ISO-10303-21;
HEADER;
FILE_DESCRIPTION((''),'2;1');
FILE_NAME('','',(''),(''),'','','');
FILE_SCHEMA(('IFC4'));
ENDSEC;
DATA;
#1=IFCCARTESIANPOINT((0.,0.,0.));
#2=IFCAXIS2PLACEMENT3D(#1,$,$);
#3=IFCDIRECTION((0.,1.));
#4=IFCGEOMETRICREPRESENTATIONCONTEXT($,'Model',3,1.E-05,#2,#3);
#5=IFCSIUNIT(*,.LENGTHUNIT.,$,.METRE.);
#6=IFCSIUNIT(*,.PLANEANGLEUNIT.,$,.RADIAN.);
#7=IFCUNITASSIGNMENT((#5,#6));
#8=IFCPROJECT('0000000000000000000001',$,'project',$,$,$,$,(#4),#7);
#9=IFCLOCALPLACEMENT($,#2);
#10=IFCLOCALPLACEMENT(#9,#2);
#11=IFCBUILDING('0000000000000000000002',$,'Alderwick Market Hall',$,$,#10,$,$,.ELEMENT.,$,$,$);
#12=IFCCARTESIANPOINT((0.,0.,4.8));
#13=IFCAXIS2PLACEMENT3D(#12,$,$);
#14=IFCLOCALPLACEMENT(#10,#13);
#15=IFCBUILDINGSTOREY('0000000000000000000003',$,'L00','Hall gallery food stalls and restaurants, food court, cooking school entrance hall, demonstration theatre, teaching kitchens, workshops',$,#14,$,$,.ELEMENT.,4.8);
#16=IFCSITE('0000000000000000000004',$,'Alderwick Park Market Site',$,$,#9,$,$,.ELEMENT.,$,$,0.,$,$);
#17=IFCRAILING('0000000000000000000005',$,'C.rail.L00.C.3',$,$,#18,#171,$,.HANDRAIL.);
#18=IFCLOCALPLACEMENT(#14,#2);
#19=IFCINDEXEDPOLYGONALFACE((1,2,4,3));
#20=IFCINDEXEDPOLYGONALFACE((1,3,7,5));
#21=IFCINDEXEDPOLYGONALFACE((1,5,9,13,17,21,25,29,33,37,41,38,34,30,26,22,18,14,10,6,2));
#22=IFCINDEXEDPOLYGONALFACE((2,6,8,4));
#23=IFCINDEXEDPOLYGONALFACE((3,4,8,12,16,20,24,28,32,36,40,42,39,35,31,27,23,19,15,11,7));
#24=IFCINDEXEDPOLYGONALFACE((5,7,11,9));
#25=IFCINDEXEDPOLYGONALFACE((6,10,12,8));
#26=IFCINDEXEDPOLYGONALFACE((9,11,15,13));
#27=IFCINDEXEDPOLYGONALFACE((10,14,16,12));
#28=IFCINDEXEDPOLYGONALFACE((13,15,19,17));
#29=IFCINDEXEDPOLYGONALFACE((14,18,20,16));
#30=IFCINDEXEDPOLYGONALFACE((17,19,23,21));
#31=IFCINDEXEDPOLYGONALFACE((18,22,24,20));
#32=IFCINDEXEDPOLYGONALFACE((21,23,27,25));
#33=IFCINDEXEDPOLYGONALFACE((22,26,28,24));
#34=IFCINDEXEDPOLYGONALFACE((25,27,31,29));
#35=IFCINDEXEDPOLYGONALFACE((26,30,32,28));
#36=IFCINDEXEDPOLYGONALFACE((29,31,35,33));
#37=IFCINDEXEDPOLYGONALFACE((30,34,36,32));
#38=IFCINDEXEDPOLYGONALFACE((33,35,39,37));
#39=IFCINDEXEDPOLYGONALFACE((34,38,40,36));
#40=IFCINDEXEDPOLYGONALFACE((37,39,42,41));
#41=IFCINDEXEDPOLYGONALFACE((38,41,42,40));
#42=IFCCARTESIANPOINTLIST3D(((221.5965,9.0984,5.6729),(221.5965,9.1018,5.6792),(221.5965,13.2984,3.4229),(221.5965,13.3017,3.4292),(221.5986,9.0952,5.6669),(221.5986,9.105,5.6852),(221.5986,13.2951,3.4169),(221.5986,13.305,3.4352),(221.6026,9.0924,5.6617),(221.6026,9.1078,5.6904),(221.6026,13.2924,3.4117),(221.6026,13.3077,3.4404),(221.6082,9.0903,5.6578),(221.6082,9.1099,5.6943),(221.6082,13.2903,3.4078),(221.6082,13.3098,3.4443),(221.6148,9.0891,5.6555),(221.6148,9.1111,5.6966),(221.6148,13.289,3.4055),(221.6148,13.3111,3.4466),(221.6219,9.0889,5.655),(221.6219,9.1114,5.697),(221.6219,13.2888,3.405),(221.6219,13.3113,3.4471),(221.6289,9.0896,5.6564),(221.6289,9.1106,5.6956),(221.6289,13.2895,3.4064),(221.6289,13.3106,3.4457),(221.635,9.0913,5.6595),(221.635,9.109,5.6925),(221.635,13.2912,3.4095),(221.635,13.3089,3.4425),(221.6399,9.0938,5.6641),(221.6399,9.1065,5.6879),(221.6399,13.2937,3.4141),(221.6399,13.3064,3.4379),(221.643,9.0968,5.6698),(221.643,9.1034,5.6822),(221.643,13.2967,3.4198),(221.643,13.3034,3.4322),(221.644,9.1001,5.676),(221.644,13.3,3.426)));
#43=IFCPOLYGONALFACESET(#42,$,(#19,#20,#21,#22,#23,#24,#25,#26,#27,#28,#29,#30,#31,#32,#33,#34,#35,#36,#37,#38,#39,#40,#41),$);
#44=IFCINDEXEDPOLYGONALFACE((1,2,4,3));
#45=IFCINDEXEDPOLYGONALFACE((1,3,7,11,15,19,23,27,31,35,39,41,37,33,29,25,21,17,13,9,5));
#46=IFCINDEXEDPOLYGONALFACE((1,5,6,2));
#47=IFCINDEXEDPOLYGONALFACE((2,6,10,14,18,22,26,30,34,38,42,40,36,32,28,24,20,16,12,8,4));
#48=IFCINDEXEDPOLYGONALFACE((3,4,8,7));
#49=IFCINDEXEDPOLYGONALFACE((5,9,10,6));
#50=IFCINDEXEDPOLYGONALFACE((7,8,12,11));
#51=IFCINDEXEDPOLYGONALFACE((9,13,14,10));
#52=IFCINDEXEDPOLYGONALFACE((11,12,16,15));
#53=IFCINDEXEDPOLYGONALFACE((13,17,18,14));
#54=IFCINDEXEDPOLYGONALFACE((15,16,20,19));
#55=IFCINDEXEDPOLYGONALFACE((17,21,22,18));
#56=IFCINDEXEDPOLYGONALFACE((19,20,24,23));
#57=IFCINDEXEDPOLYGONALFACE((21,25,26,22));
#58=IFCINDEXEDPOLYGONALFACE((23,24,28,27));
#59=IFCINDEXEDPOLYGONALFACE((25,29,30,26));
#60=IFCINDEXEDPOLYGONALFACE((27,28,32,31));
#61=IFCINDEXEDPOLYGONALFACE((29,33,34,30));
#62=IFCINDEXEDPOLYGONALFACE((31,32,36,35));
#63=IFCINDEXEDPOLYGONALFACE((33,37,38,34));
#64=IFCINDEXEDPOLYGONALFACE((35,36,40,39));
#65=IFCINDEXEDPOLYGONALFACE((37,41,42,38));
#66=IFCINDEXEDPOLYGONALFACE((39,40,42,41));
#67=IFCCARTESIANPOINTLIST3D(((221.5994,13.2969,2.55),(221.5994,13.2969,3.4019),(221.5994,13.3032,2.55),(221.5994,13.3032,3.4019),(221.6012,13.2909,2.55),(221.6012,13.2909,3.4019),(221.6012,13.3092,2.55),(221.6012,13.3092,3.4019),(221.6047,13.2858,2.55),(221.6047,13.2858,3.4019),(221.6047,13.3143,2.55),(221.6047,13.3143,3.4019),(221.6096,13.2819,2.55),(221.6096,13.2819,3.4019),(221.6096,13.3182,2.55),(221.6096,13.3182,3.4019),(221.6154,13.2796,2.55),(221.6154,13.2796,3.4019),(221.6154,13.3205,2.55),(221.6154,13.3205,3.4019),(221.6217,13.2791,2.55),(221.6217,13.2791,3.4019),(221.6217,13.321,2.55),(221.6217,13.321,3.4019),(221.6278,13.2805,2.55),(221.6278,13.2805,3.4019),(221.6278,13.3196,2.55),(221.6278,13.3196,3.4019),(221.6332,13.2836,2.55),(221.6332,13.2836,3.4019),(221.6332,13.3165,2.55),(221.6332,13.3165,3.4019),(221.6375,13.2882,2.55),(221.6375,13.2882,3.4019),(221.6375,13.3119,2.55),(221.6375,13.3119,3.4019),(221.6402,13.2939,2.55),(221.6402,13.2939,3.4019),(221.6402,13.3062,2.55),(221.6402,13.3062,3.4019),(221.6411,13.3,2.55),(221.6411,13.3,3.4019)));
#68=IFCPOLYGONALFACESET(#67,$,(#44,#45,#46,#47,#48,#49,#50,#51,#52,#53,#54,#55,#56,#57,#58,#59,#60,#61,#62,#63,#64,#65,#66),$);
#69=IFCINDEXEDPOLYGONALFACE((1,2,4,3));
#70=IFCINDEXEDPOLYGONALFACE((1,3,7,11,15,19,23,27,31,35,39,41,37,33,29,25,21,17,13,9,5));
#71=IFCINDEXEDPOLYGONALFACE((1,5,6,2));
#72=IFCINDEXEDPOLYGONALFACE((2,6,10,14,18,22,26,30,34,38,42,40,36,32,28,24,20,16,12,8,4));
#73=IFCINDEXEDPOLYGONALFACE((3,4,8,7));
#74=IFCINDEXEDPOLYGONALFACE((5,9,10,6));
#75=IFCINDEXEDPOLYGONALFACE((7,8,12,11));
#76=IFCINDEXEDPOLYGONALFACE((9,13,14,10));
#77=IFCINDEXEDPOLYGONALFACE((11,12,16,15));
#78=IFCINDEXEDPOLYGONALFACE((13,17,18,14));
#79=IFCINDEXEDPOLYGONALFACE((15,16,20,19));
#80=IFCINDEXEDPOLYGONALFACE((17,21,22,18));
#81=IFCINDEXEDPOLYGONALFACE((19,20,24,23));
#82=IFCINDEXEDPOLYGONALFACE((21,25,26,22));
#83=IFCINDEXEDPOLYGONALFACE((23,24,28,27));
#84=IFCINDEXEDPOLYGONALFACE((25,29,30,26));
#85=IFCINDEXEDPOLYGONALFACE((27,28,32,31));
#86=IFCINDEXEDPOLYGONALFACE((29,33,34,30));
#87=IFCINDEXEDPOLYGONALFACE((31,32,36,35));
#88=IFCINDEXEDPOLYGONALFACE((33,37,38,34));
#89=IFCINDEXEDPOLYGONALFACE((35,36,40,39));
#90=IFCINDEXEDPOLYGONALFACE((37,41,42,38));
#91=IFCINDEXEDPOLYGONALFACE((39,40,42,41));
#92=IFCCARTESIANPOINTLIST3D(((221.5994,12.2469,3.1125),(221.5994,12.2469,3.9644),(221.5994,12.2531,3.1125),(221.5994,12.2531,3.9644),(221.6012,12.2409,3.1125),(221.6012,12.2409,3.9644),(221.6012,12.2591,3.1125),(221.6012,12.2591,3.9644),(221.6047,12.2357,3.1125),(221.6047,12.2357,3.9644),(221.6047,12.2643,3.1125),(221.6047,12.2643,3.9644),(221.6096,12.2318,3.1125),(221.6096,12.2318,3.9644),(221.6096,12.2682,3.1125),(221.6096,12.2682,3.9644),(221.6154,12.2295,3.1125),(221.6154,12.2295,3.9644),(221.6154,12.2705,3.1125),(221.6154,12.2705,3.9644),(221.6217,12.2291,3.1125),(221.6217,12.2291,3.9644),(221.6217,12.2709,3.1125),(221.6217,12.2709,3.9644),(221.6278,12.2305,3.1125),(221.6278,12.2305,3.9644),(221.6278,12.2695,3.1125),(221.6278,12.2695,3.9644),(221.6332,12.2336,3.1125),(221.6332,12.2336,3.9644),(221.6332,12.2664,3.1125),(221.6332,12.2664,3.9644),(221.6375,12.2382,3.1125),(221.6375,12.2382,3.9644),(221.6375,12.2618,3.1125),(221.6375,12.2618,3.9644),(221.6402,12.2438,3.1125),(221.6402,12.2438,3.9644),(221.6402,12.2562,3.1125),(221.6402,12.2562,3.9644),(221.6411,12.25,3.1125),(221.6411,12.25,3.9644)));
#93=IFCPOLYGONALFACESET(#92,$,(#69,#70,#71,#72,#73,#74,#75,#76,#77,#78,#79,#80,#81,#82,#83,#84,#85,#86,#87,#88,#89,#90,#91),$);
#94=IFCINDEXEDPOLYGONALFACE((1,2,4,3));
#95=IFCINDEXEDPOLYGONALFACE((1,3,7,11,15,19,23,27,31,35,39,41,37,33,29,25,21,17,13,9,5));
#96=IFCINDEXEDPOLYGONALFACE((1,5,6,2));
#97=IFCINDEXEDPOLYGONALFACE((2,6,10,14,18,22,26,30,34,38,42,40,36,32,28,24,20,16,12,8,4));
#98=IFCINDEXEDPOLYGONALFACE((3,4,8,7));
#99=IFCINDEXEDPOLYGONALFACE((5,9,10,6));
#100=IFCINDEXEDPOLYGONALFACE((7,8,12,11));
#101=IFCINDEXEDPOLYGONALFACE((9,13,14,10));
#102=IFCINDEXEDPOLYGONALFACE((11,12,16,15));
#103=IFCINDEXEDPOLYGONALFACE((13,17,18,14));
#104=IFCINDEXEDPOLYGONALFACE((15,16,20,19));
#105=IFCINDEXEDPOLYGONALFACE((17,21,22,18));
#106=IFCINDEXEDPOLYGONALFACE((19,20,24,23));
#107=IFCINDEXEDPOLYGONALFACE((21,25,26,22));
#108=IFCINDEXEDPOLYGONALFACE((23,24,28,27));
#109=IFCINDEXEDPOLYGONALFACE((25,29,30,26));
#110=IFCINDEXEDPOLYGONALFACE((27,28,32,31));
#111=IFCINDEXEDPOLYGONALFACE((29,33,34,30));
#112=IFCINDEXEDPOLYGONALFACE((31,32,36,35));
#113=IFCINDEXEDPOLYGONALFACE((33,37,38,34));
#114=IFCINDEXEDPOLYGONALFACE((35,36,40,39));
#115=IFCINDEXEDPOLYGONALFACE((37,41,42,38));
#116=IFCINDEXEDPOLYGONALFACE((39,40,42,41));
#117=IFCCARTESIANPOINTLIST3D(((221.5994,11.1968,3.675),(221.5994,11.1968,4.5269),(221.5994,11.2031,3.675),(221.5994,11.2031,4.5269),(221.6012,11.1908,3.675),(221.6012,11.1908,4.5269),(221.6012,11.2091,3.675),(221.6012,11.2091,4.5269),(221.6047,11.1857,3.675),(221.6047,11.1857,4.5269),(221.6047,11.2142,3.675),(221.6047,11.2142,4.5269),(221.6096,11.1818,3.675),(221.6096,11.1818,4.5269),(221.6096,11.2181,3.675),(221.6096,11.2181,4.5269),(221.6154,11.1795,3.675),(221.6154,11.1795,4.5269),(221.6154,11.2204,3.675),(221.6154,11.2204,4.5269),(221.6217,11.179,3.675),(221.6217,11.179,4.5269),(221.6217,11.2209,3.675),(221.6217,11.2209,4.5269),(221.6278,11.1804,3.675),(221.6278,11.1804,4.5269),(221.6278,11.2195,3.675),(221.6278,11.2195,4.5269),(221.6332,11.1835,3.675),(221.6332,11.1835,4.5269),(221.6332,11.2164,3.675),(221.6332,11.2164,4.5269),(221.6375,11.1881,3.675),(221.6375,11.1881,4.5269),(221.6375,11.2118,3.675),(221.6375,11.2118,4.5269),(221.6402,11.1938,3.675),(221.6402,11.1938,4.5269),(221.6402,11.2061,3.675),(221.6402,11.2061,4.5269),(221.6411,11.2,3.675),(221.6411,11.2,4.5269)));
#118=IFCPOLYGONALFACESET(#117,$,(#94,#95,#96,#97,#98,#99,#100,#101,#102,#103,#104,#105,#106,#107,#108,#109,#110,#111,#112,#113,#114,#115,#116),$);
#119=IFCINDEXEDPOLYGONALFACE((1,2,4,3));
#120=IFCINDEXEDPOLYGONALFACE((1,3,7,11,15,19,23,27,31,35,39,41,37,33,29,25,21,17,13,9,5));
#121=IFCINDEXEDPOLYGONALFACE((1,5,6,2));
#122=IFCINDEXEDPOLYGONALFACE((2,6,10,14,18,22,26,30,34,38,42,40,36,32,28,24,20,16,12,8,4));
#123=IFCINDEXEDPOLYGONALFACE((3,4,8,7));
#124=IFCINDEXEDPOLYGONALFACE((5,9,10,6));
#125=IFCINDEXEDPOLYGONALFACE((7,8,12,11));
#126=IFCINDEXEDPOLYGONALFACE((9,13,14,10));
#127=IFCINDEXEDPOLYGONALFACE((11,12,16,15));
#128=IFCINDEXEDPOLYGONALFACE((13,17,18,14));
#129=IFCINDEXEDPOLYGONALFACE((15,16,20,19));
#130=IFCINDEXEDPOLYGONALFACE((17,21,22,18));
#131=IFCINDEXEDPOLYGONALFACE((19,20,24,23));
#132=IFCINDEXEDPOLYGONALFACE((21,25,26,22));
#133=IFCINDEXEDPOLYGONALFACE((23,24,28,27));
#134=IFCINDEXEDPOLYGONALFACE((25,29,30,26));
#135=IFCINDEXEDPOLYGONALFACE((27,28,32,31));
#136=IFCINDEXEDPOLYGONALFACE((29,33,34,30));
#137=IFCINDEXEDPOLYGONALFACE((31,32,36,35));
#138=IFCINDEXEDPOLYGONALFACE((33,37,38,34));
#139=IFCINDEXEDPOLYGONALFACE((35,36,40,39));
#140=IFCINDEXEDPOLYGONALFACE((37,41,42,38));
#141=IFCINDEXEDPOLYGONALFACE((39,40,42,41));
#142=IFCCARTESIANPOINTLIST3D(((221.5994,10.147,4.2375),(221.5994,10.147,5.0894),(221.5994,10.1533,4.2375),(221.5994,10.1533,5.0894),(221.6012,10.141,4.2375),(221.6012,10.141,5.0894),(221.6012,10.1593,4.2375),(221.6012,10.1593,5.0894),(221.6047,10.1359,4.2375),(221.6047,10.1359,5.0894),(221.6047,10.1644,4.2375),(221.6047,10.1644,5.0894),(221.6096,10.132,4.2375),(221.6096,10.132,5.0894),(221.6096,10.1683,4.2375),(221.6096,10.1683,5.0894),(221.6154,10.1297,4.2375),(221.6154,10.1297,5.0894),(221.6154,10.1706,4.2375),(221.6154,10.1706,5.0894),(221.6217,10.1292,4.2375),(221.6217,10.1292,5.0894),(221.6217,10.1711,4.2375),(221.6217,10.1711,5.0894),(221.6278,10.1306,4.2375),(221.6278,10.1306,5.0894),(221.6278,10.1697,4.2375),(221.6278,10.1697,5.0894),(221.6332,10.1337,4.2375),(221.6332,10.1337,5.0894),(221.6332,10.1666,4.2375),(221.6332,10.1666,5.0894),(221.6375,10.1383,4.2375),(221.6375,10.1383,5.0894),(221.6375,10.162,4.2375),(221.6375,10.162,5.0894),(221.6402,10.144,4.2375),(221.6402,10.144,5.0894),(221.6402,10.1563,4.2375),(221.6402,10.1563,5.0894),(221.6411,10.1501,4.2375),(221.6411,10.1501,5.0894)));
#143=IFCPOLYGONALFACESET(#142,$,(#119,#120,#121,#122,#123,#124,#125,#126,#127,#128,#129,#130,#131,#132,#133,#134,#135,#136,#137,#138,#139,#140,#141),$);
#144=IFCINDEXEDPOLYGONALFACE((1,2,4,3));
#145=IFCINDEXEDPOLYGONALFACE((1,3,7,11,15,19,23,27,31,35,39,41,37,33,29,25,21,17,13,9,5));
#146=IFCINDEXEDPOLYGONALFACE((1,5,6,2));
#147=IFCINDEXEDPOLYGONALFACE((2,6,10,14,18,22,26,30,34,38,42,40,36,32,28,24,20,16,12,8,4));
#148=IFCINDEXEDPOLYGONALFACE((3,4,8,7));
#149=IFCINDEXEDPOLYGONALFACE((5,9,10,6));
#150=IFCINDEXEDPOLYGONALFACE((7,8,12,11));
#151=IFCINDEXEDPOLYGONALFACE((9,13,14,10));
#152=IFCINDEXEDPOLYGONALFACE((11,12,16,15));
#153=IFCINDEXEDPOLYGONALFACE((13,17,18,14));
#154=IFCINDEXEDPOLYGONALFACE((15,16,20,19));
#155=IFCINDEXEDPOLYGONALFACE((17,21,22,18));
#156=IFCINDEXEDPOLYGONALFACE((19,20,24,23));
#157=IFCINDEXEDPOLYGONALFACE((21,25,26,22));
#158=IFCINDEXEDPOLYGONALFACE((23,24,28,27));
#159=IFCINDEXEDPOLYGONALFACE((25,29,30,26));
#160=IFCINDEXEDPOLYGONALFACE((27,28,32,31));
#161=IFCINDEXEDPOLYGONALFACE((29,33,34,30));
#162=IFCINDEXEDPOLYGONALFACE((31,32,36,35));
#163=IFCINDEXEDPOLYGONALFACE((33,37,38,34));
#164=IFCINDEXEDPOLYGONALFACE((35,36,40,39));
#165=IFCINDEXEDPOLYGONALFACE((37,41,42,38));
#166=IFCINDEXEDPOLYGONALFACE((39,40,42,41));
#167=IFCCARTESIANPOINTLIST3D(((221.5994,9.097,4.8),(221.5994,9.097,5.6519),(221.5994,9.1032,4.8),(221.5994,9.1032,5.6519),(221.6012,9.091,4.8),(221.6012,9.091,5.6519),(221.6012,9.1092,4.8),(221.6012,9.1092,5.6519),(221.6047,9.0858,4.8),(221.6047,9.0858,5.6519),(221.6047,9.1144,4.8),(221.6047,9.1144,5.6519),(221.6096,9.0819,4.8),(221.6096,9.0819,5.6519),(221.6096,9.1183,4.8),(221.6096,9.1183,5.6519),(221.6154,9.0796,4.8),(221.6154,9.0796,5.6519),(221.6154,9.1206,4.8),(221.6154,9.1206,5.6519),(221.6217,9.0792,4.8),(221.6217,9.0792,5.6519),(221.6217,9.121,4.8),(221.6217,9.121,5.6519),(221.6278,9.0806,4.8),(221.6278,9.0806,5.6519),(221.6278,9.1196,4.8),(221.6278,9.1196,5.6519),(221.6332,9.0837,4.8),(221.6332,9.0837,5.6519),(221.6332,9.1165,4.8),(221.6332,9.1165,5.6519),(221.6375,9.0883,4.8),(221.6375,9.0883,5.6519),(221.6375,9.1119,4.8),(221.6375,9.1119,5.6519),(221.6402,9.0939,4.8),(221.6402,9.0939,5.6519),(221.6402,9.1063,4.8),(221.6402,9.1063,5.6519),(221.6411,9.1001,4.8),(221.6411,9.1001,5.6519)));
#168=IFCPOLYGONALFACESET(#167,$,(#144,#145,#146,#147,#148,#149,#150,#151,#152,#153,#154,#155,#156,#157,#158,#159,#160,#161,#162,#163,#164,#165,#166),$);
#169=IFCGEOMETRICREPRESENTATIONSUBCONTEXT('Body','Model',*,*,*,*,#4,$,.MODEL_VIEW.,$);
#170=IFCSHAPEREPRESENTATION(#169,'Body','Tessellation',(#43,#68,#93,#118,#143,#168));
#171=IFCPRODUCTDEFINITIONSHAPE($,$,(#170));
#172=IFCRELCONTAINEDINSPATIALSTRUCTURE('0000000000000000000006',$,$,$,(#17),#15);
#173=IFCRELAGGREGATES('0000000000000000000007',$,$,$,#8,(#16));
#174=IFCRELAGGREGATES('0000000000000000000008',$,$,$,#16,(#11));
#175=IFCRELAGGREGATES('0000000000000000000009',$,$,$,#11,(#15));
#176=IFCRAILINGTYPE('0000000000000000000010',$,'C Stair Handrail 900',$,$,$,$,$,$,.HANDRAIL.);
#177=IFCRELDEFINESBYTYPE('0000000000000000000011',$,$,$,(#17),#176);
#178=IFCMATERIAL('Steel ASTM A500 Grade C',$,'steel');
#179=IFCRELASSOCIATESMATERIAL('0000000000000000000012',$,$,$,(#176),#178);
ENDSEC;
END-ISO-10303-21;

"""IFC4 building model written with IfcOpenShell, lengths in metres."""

from ifc_helpers import new_model, si_unit, direction, frame, origin, origin_2d, place, context, subcontext, project, spatial, circle, extrude, material, type_object, element, save


model = new_model("IFC4")

# Units and contexts
model_context = context("Model", 3, precision=1e-05, world=origin(), true_north=direction((0.0, 1.0)))
body_context = subcontext(model_context, "Body", "Model", "MODEL_VIEW")
ifc_project = project(units=[si_unit("LENGTHUNIT", "METRE"), si_unit("PLANEANGLEUNIT", "RADIAN")], contexts=[model_context])

# Site, building, storey
site_placement = place(None, origin())
site = spatial("IfcSite", under=ifc_project, at=site_placement, Name="Alderwick Park Market Site", CompositionType="ELEMENT", RefElevation=0.0)
building_placement = place(site_placement, origin())
building = spatial("IfcBuilding", under=site, at=building_placement, Name="Alderwick Market Hall", CompositionType="ELEMENT")
storey_placement = place(building_placement, frame((0.0, 0.0, 4.8)))
storey = spatial("IfcBuildingStorey", under=building, at=storey_placement, Name="L00", Description="Hall gallery food stalls and restaurants, food court, cooking school entrance hall, demonstration theatre, teaching kitchens, workshops", CompositionType="ELEMENT", Elevation=4.8)

# Railing
ifc_material_1 = material(Name="Steel ASTM A500 Grade C", Category="steel")
railing_type_1 = type_object("IfcRailingType", Name="C Stair Handrail 900", PredefinedType="HANDRAIL", material=ifc_material_1)
for number, where, name in (
    (1, (221.6201, 13.3, 2.55), "C.rail.L00.C.3"),
):
    element("IfcRailing", number, at=place(storey_placement, frame(where)), inside=storey, type_object=railing_type_1, Name=name, PredefinedType="HANDRAIL", context=body_context, shape_type="SweptSolid", body=[
        extrude(circle(Radius=0.0239, at=origin_2d()), frame((0.0, 0.0, 0.876), z_axis=(0.0, -0.881478, 0.472226), x_axis=(1.0, 0.0, 0.0)), (0.0, 0.0, 1.0), 4.7646),
        extrude(circle(Radius=0.021, at=origin_2d()), origin(), (0.0, 0.0, 1.0), 0.8518),
        extrude(circle(Radius=0.021, at=origin_2d()), frame((0.0, -1.05, 0.5625)), (0.0, 0.0, 1.0), 0.8518),
        extrude(circle(Radius=0.021, at=origin_2d()), frame((0.0, -2.1001, 1.125)), (0.0, 0.0, 1.0), 0.8518),
        extrude(circle(Radius=0.021, at=origin_2d()), frame((0.0, -3.1499, 1.6875)), (0.0, 0.0, 1.0), 0.8518),
        extrude(circle(Radius=0.021, at=origin_2d()), frame((0.0, -4.2, 2.25)), (0.0, 0.0, 1.0), 0.8518),
    ])

save(model, "model.ifc")
